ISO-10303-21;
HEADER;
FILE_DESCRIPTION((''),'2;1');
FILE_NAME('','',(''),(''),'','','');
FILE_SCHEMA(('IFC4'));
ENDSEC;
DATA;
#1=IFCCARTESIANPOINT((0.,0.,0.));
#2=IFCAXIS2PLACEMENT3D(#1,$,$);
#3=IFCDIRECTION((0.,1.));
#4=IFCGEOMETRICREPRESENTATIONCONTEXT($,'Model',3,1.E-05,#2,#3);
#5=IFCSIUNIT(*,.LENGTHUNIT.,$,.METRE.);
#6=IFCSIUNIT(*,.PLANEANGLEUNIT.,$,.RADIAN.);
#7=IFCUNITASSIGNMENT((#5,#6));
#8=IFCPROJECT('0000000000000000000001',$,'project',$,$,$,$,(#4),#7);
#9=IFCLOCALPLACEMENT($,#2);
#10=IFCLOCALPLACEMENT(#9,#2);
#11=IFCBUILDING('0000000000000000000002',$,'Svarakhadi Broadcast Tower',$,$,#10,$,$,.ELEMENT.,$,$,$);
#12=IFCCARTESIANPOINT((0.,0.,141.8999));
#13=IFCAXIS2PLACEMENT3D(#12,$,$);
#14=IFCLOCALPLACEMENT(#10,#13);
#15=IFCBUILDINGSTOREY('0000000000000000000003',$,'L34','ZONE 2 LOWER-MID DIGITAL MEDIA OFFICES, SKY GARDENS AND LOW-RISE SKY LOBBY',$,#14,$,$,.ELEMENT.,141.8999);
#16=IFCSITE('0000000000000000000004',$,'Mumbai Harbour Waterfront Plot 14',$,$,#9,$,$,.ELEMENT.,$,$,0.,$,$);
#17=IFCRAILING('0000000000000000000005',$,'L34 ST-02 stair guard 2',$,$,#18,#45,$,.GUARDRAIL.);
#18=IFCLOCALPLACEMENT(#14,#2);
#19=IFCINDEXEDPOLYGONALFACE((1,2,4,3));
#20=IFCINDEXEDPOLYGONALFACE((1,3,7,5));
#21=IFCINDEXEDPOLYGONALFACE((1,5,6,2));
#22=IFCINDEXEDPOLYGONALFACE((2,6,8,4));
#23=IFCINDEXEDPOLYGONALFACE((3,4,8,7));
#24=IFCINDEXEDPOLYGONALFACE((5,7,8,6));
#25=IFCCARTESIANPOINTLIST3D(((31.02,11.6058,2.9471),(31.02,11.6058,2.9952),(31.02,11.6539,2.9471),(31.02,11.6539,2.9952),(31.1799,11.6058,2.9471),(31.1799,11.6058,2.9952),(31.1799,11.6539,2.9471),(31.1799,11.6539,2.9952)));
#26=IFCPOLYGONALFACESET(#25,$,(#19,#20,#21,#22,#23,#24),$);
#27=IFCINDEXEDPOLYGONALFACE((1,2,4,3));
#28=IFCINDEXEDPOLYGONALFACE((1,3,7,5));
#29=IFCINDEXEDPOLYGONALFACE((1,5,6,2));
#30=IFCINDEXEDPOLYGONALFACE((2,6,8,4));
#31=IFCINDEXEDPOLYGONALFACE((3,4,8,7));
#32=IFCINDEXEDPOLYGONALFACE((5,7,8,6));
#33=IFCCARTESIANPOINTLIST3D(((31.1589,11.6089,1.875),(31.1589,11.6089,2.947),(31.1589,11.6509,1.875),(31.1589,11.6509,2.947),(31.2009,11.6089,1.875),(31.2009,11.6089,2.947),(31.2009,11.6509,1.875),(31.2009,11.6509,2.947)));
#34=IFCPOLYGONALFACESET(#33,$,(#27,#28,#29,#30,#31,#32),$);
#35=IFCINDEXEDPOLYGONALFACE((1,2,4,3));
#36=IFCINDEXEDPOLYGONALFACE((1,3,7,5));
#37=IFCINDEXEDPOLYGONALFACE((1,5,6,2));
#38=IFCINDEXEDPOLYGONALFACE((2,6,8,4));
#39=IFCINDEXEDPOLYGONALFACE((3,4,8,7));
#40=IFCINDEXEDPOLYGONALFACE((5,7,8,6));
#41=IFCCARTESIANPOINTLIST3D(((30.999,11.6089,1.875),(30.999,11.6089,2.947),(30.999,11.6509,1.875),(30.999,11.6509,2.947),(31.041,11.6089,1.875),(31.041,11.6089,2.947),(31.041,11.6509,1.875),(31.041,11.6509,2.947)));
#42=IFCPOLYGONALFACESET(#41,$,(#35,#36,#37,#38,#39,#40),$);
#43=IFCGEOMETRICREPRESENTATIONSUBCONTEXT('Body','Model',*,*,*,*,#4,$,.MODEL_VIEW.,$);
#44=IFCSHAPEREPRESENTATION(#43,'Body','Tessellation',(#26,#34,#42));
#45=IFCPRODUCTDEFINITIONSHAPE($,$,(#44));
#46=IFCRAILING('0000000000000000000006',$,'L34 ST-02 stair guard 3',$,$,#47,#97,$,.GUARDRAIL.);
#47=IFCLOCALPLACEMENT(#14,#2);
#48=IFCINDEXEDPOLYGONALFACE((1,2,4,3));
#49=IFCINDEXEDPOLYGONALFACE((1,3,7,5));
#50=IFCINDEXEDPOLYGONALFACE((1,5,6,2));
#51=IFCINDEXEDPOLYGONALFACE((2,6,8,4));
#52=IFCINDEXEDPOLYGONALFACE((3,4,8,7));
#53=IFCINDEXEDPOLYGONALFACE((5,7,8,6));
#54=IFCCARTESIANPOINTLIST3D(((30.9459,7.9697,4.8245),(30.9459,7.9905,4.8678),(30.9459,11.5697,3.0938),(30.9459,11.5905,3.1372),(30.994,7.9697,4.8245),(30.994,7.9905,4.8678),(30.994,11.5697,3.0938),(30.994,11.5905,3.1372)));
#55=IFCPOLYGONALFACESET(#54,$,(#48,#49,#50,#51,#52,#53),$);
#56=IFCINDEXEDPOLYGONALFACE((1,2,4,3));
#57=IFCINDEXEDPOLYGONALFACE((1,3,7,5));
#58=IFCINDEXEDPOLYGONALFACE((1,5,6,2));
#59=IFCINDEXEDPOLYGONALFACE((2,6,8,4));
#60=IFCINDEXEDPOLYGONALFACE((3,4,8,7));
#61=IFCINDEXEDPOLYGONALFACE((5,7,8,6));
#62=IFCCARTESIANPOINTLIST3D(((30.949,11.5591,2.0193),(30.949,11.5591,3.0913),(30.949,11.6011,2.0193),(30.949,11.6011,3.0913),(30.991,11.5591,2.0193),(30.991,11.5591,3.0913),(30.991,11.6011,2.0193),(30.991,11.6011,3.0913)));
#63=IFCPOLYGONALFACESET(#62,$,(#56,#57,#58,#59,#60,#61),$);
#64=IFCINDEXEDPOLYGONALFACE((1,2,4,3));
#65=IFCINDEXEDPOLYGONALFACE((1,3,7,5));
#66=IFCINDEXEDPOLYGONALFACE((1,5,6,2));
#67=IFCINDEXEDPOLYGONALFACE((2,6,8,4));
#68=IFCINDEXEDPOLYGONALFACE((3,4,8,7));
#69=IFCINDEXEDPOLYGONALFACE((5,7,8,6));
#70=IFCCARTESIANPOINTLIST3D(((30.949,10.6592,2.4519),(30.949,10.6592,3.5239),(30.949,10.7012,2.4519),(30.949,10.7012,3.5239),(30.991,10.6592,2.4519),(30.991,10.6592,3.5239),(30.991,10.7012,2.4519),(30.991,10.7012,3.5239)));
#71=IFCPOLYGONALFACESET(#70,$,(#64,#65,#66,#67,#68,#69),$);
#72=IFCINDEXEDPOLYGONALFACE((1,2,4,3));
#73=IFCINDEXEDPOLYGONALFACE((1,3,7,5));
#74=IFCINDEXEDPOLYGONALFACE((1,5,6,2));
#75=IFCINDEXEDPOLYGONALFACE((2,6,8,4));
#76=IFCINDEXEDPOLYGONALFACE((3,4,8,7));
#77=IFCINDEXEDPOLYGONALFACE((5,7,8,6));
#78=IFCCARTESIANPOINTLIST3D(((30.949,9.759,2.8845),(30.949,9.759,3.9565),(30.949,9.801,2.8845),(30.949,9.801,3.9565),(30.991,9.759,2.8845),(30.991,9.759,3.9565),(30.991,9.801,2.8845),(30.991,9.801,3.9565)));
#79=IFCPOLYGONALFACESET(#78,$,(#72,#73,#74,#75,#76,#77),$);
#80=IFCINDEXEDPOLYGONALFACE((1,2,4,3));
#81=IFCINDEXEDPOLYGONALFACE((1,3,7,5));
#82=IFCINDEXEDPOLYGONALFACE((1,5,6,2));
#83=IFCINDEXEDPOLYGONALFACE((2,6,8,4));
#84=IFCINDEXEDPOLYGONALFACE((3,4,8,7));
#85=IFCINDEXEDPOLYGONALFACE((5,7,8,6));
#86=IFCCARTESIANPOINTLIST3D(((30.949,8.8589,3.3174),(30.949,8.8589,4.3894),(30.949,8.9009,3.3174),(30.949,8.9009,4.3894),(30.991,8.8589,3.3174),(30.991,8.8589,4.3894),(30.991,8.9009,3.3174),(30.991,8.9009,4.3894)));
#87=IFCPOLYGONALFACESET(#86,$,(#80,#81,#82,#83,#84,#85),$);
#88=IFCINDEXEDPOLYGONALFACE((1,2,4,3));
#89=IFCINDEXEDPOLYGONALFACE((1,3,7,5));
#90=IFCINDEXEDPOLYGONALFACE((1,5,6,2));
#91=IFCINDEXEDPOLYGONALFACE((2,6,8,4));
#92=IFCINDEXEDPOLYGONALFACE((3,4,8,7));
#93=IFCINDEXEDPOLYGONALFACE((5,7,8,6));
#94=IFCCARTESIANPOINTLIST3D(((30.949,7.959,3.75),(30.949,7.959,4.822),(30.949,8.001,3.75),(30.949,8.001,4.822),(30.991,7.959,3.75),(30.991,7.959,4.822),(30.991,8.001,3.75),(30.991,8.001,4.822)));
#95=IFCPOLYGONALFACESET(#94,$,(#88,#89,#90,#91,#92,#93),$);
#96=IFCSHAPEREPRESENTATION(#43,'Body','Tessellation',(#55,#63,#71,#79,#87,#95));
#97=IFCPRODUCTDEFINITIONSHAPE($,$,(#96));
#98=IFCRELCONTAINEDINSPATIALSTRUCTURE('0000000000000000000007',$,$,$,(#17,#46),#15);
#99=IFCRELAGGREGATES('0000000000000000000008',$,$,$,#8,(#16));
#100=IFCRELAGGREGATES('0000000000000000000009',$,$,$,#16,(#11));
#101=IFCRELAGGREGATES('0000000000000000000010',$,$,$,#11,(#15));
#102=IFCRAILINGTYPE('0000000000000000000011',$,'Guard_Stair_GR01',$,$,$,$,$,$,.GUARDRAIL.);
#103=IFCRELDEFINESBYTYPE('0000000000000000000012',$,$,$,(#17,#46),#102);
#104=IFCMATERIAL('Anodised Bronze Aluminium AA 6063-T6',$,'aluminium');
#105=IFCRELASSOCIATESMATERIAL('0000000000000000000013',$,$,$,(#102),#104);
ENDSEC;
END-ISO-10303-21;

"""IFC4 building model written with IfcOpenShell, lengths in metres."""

from ifc_helpers import new_model, si_unit, direction, frame, origin, origin_2d, place, context, subcontext, project, spatial, rectangle, extrude, material, type_object, element, save


model = new_model("IFC4")

# Units and contexts
model_context = context("Model", 3, precision=1e-05, world=origin(), true_north=direction((0.0, 1.0)))
body_context = subcontext(model_context, "Body", "Model", "MODEL_VIEW")
ifc_project = project(units=[si_unit("LENGTHUNIT", "METRE"), si_unit("PLANEANGLEUNIT", "RADIAN")], contexts=[model_context])

# Site, building, storey
site_placement = place(None, origin())
site = spatial("IfcSite", under=ifc_project, at=site_placement, Name="Mumbai Harbour Waterfront Plot 14", CompositionType="ELEMENT", RefElevation=0.0)
building_placement = place(site_placement, origin())
building = spatial("IfcBuilding", under=site, at=building_placement, Name="Svarakhadi Broadcast Tower", CompositionType="ELEMENT")
storey_placement = place(building_placement, frame((0.0, 0.0, 141.8999)))
storey = spatial("IfcBuildingStorey", under=building, at=storey_placement, Name="L34", Description="ZONE 2 LOWER-MID DIGITAL MEDIA OFFICES, SKY GARDENS AND LOW-RISE SKY LOBBY", CompositionType="ELEMENT", Elevation=141.8999)

# Railings
ifc_material_1 = material(Name="Anodised Bronze Aluminium AA 6063-T6", Category="aluminium")
railing_type = type_object("IfcRailingType", Name="Guard_Stair_GR01", PredefinedType="GUARDRAIL", material=ifc_material_1)
railing_1_placement = place(storey_placement, frame((31.1799, 11.6299, 1.875)))
element("IfcRailing", 1, at=railing_1_placement, inside=storey, type_object=railing_type, Name="L34 ST-02 stair guard 2", PredefinedType="GUARDRAIL", context=body_context, shape_type="SweptSolid", body=[
    extrude(rectangle(XDim=0.0481, YDim=0.0481, at=origin_2d()), frame((0.0, 0.0, 1.0962), z_axis=(-1.0, 0.0, 0.0), x_axis=(0.0, -1.0, 0.0)), (0.0, 0.0, 1.0), 0.1599),
    extrude(rectangle(XDim=0.042, YDim=0.042, at=origin_2d()), origin(), (0.0, 0.0, 1.0), 1.072),
    extrude(rectangle(XDim=0.042, YDim=0.042, at=origin_2d()), frame((-0.1599, 0.0, 0.0)), (0.0, 0.0, 1.0), 1.072),
])
railing_2_placement = place(storey_placement, frame((30.97, 11.5801, 2.0193)))
element("IfcRailing", 2, at=railing_2_placement, inside=storey, type_object=railing_type, Name="L34 ST-02 stair guard 3", PredefinedType="GUARDRAIL", context=body_context, shape_type="SweptSolid", body=[
    extrude(rectangle(XDim=0.0481, YDim=0.0481, at=origin_2d()), frame((0.0, 0.0, 1.0962), z_axis=(0.0, -0.901263, 0.433273), x_axis=(1.0, 0.0, 0.0)), (0.0, 0.0, 1.0), 3.9944),
    extrude(rectangle(XDim=0.042, YDim=0.042, at=origin_2d()), origin(), (0.0, 0.0, 1.0), 1.072),
    extrude(rectangle(XDim=0.042, YDim=0.042, at=origin_2d()), frame((0.0, -0.8999, 0.4326)), (0.0, 0.0, 1.0), 1.072),
    extrude(rectangle(XDim=0.042, YDim=0.042, at=origin_2d()), frame((0.0, -1.8, 0.8652)), (0.0, 0.0, 1.0), 1.072),
    extrude(rectangle(XDim=0.042, YDim=0.042, at=origin_2d()), frame((0.0, -2.7002, 1.2981)), (0.0, 0.0, 1.0), 1.072),
    extrude(rectangle(XDim=0.042, YDim=0.042, at=origin_2d()), frame((0.0, -3.6001, 1.7307)), (0.0, 0.0, 1.0), 1.072),
])

save(model, "model.ifc")
